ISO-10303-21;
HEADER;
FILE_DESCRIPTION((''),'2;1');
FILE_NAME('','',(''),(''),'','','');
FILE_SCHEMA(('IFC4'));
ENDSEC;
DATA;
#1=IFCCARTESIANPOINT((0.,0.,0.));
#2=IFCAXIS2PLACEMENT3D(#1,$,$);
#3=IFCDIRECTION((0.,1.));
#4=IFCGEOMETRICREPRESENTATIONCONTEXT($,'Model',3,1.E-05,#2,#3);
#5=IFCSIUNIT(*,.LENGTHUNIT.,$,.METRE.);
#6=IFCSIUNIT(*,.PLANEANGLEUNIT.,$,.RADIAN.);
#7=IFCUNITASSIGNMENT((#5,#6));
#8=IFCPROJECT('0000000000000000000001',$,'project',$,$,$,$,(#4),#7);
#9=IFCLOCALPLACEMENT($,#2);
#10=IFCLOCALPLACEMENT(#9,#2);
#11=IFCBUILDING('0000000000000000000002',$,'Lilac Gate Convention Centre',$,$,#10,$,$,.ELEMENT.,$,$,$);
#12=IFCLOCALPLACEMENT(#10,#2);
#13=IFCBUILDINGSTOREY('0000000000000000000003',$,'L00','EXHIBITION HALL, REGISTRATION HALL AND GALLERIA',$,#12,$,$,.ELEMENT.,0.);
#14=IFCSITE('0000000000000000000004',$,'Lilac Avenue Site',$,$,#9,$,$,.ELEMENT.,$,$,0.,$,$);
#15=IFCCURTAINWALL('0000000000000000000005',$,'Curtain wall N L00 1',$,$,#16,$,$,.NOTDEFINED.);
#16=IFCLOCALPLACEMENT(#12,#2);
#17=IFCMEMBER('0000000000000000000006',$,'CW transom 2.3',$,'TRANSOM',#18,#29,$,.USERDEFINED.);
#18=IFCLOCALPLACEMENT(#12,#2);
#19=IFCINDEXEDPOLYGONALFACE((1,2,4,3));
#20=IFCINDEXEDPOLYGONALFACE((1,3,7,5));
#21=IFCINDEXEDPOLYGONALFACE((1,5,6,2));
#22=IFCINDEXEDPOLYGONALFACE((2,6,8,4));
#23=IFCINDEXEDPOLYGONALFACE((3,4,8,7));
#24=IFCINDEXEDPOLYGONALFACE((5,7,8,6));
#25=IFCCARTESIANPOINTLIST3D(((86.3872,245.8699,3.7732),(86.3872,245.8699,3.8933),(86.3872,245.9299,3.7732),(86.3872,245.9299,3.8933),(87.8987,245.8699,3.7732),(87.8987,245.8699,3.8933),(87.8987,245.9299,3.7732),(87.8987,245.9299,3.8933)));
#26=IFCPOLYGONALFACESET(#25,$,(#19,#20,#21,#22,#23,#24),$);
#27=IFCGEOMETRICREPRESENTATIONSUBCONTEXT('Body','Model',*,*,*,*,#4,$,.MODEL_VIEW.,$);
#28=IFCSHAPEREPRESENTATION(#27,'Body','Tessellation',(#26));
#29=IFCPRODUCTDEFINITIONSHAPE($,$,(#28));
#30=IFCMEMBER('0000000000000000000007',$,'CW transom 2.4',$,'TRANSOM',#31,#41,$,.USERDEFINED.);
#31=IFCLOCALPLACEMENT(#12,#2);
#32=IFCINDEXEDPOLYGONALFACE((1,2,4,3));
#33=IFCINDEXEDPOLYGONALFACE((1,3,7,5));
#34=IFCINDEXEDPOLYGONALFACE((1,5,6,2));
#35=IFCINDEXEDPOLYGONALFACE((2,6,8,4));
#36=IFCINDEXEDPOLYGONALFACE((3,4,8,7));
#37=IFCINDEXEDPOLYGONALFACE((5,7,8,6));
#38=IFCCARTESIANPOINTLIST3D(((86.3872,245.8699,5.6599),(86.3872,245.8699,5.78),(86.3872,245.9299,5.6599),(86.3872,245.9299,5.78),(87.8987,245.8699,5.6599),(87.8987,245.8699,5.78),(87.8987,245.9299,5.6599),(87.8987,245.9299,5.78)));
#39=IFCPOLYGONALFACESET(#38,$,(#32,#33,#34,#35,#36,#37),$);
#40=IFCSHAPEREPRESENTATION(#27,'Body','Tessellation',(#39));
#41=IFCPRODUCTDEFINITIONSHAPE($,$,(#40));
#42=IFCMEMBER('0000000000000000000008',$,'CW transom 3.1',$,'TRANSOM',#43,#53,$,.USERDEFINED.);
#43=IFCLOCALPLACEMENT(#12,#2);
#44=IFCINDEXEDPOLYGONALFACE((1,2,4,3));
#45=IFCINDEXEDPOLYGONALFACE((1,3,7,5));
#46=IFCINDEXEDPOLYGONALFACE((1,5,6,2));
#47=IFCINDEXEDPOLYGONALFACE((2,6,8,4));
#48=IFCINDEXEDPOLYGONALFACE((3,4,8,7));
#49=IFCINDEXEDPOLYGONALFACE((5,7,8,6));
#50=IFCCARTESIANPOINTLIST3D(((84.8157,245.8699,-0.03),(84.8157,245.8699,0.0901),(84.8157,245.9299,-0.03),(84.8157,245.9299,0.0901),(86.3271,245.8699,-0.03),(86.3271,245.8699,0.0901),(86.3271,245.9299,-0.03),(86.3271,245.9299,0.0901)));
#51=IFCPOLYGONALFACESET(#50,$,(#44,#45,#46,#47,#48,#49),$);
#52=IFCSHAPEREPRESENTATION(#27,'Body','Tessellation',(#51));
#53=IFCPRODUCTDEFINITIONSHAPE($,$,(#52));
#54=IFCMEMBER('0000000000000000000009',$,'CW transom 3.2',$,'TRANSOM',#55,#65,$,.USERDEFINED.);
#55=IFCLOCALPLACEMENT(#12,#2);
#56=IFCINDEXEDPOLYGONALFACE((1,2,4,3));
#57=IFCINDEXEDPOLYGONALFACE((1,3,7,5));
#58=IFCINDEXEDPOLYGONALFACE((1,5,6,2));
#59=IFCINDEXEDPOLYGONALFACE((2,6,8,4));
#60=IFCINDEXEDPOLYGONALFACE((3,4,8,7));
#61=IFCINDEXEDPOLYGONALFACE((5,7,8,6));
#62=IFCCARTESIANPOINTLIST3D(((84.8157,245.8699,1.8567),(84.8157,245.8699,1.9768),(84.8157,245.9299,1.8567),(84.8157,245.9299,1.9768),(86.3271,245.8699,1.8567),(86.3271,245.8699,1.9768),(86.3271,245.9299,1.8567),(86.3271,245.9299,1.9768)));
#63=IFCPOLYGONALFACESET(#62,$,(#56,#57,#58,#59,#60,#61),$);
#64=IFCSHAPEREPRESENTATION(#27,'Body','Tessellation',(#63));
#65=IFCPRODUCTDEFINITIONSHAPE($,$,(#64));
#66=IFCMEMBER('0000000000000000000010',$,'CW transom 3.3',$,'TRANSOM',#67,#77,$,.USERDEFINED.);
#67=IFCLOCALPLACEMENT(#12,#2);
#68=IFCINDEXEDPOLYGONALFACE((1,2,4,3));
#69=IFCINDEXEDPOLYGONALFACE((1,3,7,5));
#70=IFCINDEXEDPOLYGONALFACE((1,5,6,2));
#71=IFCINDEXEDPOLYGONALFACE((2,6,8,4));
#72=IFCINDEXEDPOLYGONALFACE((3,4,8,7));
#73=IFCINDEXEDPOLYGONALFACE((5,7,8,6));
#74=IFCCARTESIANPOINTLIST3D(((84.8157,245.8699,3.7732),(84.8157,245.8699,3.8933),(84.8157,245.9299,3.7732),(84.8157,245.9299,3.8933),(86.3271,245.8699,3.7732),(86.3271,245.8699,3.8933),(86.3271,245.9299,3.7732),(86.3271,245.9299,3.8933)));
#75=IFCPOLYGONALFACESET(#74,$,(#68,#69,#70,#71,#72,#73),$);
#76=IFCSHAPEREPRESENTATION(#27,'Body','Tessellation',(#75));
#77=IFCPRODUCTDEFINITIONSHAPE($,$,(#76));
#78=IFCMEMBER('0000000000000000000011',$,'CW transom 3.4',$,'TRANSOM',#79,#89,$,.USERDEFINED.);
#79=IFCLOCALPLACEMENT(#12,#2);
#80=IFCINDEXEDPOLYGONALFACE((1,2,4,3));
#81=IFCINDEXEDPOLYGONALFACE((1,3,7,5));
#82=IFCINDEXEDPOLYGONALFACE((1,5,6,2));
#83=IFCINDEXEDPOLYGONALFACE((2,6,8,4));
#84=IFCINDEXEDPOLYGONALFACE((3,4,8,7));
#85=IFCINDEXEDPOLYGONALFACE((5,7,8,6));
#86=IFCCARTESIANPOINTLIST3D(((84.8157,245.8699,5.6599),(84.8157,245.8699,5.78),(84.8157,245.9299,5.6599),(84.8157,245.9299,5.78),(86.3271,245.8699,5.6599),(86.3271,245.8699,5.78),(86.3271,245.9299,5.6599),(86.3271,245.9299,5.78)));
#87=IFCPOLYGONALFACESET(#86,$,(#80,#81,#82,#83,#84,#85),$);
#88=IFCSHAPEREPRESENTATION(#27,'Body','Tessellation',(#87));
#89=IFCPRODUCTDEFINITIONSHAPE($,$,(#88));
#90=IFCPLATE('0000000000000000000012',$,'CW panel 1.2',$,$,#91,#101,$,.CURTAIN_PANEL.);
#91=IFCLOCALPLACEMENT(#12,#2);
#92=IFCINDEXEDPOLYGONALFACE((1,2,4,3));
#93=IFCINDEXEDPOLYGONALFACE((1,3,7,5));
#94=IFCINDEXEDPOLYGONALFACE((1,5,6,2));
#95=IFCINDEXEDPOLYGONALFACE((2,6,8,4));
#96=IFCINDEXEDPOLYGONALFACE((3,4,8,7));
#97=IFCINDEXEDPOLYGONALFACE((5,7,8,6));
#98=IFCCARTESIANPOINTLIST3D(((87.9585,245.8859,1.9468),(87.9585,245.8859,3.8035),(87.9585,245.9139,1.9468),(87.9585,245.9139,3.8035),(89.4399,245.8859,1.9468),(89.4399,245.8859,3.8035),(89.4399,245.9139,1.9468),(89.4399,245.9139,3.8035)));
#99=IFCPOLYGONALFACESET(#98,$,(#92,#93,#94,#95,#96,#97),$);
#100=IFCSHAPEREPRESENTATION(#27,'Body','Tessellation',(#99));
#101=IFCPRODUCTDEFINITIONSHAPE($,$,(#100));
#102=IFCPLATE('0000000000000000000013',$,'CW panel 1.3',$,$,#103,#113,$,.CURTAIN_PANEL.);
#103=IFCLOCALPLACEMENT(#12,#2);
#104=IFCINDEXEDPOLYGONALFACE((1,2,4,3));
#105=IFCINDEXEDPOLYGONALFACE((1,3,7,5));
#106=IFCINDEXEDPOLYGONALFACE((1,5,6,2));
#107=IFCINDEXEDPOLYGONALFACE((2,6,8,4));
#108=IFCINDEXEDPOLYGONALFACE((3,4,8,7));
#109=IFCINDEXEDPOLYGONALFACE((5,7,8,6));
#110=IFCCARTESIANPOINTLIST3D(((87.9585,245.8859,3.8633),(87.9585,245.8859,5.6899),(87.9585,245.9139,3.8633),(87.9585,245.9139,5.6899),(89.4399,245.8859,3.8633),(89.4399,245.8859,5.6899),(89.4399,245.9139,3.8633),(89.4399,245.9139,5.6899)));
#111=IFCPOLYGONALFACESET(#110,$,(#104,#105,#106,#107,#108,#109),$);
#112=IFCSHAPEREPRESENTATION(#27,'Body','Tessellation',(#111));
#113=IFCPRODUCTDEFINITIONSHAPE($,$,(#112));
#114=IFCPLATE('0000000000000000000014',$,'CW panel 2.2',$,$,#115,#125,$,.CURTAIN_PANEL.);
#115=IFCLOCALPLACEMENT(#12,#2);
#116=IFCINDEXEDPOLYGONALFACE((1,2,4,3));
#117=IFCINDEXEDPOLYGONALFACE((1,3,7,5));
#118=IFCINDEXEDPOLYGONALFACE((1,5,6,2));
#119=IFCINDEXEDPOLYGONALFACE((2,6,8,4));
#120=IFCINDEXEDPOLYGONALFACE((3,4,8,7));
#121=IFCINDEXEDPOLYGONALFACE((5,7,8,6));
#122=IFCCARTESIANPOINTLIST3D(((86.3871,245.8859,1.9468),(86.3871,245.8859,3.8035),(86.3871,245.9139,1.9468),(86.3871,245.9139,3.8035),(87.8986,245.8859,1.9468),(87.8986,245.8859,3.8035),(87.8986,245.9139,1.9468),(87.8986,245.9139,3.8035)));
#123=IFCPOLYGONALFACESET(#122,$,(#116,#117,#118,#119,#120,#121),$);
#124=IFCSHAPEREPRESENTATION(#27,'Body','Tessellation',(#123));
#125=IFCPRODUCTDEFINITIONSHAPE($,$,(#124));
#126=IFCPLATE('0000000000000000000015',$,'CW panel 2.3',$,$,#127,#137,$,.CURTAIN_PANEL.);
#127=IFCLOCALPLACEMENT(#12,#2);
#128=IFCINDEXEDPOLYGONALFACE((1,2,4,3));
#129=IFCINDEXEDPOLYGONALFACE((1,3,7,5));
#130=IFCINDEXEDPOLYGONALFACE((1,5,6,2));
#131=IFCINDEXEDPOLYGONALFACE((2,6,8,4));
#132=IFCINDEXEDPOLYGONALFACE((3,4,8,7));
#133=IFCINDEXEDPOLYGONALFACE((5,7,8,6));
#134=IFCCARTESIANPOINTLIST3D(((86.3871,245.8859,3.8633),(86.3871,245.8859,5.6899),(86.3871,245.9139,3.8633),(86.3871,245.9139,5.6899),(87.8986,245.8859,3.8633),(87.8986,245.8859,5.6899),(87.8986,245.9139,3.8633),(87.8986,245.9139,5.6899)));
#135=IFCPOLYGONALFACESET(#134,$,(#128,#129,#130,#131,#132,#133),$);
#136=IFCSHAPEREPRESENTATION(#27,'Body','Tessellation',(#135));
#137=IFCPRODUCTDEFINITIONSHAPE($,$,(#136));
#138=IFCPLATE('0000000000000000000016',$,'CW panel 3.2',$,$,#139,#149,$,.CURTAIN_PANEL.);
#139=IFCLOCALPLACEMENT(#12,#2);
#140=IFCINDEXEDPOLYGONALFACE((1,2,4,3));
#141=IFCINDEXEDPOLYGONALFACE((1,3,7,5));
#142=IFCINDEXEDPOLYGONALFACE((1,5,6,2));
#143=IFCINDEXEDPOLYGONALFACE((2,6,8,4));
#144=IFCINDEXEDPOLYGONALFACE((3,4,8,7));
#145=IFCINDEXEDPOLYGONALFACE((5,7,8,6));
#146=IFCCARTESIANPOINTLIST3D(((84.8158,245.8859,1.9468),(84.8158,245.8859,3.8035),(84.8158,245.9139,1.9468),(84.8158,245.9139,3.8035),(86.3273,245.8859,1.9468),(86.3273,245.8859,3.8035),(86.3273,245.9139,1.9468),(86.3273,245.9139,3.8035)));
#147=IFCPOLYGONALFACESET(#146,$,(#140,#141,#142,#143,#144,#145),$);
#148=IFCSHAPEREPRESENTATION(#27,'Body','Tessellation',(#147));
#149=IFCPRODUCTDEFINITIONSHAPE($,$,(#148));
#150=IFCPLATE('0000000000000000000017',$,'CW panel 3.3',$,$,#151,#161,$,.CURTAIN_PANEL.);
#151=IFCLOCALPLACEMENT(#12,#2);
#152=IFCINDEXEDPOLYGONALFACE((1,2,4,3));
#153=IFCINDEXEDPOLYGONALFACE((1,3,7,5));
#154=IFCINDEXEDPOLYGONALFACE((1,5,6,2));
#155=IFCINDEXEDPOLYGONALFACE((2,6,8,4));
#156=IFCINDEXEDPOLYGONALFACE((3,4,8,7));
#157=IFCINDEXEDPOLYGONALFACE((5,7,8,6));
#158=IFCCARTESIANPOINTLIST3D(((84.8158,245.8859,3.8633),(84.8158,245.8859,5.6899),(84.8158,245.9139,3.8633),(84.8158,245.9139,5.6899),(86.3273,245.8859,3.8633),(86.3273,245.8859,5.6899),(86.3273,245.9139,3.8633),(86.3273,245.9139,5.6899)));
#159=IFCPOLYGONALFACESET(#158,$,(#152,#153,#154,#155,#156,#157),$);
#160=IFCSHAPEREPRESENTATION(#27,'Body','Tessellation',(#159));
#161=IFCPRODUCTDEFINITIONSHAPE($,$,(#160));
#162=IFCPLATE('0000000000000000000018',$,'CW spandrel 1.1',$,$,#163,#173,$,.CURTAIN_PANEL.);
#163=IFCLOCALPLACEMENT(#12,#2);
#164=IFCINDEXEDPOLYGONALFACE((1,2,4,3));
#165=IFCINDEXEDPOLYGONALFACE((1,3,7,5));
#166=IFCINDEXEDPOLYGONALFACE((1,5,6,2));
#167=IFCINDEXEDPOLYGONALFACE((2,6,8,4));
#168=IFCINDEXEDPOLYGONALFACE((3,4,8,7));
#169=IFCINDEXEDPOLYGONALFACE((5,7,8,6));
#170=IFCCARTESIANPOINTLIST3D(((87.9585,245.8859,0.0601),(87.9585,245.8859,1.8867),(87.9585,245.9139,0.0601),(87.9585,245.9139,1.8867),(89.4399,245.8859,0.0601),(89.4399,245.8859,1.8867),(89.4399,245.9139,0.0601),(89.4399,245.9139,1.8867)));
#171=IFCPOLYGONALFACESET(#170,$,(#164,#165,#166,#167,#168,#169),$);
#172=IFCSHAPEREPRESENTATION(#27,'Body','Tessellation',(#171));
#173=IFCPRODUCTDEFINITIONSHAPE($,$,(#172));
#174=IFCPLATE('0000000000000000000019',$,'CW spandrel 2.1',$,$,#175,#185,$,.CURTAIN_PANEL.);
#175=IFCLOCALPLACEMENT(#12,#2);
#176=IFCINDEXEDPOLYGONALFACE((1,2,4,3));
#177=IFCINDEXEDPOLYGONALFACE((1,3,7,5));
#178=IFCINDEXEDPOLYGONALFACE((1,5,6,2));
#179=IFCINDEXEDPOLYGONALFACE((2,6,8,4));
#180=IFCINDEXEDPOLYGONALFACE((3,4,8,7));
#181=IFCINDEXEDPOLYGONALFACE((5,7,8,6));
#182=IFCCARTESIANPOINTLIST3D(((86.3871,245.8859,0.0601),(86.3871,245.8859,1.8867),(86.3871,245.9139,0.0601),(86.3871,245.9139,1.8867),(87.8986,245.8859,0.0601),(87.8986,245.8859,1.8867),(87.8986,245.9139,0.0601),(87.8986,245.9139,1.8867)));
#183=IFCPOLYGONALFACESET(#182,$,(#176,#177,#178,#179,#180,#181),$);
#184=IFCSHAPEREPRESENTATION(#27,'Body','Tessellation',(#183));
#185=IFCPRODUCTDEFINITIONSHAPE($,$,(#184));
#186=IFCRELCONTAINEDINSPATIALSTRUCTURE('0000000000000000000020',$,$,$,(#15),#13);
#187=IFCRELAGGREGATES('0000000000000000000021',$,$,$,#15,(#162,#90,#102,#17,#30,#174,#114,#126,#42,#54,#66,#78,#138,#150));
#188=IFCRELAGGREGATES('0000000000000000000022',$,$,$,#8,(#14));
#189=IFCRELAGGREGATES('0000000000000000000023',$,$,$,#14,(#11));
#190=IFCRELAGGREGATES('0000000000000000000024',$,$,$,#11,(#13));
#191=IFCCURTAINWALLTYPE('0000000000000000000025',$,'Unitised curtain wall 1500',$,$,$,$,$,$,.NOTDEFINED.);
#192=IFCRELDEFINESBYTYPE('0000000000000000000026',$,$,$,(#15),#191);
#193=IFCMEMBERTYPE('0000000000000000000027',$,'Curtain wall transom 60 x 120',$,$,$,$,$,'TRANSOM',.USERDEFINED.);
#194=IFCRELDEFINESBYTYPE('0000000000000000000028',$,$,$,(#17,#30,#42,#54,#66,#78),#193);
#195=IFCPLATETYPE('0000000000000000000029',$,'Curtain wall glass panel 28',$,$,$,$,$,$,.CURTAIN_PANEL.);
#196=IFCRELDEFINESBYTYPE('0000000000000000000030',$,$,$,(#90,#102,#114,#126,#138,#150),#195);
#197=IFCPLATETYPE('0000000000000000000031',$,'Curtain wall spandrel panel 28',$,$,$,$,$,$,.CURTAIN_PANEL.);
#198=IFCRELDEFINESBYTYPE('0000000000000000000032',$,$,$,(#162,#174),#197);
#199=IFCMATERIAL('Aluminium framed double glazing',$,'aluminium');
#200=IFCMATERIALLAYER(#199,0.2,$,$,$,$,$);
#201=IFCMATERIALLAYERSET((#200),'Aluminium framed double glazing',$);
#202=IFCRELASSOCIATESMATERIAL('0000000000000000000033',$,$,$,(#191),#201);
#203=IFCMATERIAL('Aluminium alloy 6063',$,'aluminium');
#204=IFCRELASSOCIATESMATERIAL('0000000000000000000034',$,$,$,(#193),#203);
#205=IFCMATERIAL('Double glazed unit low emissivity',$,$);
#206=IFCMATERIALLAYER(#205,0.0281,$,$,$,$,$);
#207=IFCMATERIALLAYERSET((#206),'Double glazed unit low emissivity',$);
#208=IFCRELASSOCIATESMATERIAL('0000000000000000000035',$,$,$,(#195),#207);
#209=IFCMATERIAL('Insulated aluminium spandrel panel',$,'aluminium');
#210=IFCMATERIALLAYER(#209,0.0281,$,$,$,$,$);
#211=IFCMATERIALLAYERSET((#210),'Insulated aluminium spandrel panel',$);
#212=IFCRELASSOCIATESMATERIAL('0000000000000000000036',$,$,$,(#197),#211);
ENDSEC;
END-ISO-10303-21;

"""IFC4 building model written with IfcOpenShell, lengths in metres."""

from ifc_helpers import new_model, si_unit, direction, frame, origin, origin_2d, place, context, subcontext, project, spatial, rectangle, extrude, material, layer, layer_set, material_profile, profile_set, type_object, element, aggregate, save


model = new_model("IFC4")

# Units and contexts
model_context = context("Model", 3, precision=1e-05, world=origin(), true_north=direction((0.0, 1.0)))
body_context = subcontext(model_context, "Body", "Model", "MODEL_VIEW")
ifc_project = project(units=[si_unit("LENGTHUNIT", "METRE"), si_unit("PLANEANGLEUNIT", "RADIAN")], contexts=[model_context])

# Site, building, storey
site_placement = place(None, origin())
site = spatial("IfcSite", under=ifc_project, at=site_placement, Name="Lilac Avenue Site", CompositionType="ELEMENT", RefElevation=0.0)
building_placement = place(site_placement, origin())
building = spatial("IfcBuilding", under=site, at=building_placement, Name="Lilac Gate Convention Centre", CompositionType="ELEMENT")
storey_placement = place(building_placement, origin())
storey = spatial("IfcBuildingStorey", under=building, at=storey_placement, Name="L00", Description="EXHIBITION HALL, REGISTRATION HALL AND GALLERIA", CompositionType="ELEMENT", Elevation=0.0)

# Curtain wall, members, plates
ifc_material_1 = material(Name="Aluminium framed double glazing", Category="aluminium")
ifc_layer_1 = layer(ifc_material_1, 0.2)
ifc_layer_set_1 = layer_set([ifc_layer_1], Name="Aluminium framed double glazing")
curtain_wall_type = type_object("IfcCurtainWallType", Name="Unitised curtain wall 1500", PredefinedType="NOTDEFINED", material=ifc_layer_set_1)
curtain_wall_placement = place(storey_placement, origin())
curtain_wall = element("IfcCurtainWall", 1, at=curtain_wall_placement, inside=storey, type_object=curtain_wall_type, Name="Curtain wall N L00 1", PredefinedType="NOTDEFINED")
ifc_material_2 = material(Name="Aluminium alloy 6063", Category="aluminium")
ifc_material_profile_1 = material_profile(ifc_material_2, rectangle(XDim=0.0601, YDim=0.1201, at=origin_2d()), Name="Curtain wall transom 60 x 120")
ifc_profile_set_1 = profile_set([ifc_material_profile_1], Name="Aluminium alloy 6063")
member_type_1 = type_object("IfcMemberType", Name="Curtain wall transom 60 x 120", ElementType="TRANSOM", PredefinedType="USERDEFINED", material=ifc_profile_set_1)
member_1_placement = place(storey_placement, frame((87.8987, 245.8999, 3.8333), z_axis=(-1.0, 0.0, 0.0), x_axis=(0.0, -1.0, 0.0)))
member_1 = element("IfcMember", 2, at=member_1_placement, type_object=member_type_1, Name="CW transom 2.3", ObjectType="TRANSOM", PredefinedType="USERDEFINED", context=body_context, shape_type="SweptSolid", body=[
    extrude(rectangle(XDim=0.0601, YDim=0.1201, at=origin_2d()), origin(), (0.0, 0.0, 1.0), 1.5115),
])
member_2_placement = place(storey_placement, frame((87.8987, 245.8999, 5.72), z_axis=(-1.0, 0.0, 0.0), x_axis=(0.0, -1.0, 0.0)))
member_2 = element("IfcMember", 3, at=member_2_placement, type_object=member_type_1, Name="CW transom 2.4", ObjectType="TRANSOM", PredefinedType="USERDEFINED", context=body_context, shape_type="SweptSolid", body=[
    extrude(rectangle(XDim=0.0601, YDim=0.1201, at=origin_2d()), origin(), (0.0, 0.0, 1.0), 1.5115),
])
member_3_placement = place(storey_placement, frame((86.3271, 245.8999, 0.03), z_axis=(-1.0, 0.0, 0.0), x_axis=(0.0, -1.0, 0.0)))
member_3 = element("IfcMember", 4, at=member_3_placement, type_object=member_type_1, Name="CW transom 3.1", ObjectType="TRANSOM", PredefinedType="USERDEFINED", context=body_context, shape_type="SweptSolid", body=[
    extrude(rectangle(XDim=0.0601, YDim=0.1201, at=origin_2d()), origin(), (0.0, 0.0, 1.0), 1.5115),
])
member_4_placement = place(storey_placement, frame((86.3271, 245.8999, 1.9167), z_axis=(-1.0, 0.0, 0.0), x_axis=(0.0, -1.0, 0.0)))
member_4 = element("IfcMember", 5, at=member_4_placement, type_object=member_type_1, Name="CW transom 3.2", ObjectType="TRANSOM", PredefinedType="USERDEFINED", context=body_context, shape_type="SweptSolid", body=[
    extrude(rectangle(XDim=0.0601, YDim=0.1201, at=origin_2d()), origin(), (0.0, 0.0, 1.0), 1.5115),
])
member_5_placement = place(storey_placement, frame((86.3271, 245.8999, 3.8333), z_axis=(-1.0, 0.0, 0.0), x_axis=(0.0, -1.0, 0.0)))
member_5 = element("IfcMember", 6, at=member_5_placement, type_object=member_type_1, Name="CW transom 3.3", ObjectType="TRANSOM", PredefinedType="USERDEFINED", context=body_context, shape_type="SweptSolid", body=[
    extrude(rectangle(XDim=0.0601, YDim=0.1201, at=origin_2d()), origin(), (0.0, 0.0, 1.0), 1.5115),
])
member_6_placement = place(storey_placement, frame((86.3271, 245.8999, 5.72), z_axis=(-1.0, 0.0, 0.0), x_axis=(0.0, -1.0, 0.0)))
member_6 = element("IfcMember", 7, at=member_6_placement, type_object=member_type_1, Name="CW transom 3.4", ObjectType="TRANSOM", PredefinedType="USERDEFINED", context=body_context, shape_type="SweptSolid", body=[
    extrude(rectangle(XDim=0.0601, YDim=0.1201, at=origin_2d()), origin(), (0.0, 0.0, 1.0), 1.5115),
])
ifc_material_3 = material(Name="Double glazed unit low emissivity")
ifc_layer_2 = layer(ifc_material_3, 0.0281)
ifc_layer_set_2 = layer_set([ifc_layer_2], Name="Double glazed unit low emissivity")
plate_type_1 = type_object("IfcPlateType", Name="Curtain wall glass panel 28", PredefinedType="CURTAIN_PANEL", material=ifc_layer_set_2)
plate_1_placement = place(storey_placement, frame((88.6992, 245.8999, 1.9468), z_axis=(0.0, 0.0, 1.0), x_axis=(-1.0, 0.0, 0.0)))
plate_1 = element("IfcPlate", 8, at=plate_1_placement, type_object=plate_type_1, Name="CW panel 1.2", PredefinedType="CURTAIN_PANEL", context=body_context, shape_type="SweptSolid", body=[
    extrude(rectangle(XDim=1.4814, YDim=0.0281, at=origin_2d()), origin(), (0.0, 0.0, 1.0), 1.8567),
])
plate_2_placement = place(storey_placement, frame((88.6992, 245.8999, 3.8633), z_axis=(0.0, 0.0, 1.0), x_axis=(-1.0, 0.0, 0.0)))
plate_2 = element("IfcPlate", 9, at=plate_2_placement, type_object=plate_type_1, Name="CW panel 1.3", PredefinedType="CURTAIN_PANEL", context=body_context, shape_type="SweptSolid", body=[
    extrude(rectangle(XDim=1.4814, YDim=0.0281, at=origin_2d()), origin(), (0.0, 0.0, 1.0), 1.8267),
])
plate_3_placement = place(storey_placement, frame((87.1428, 245.8999, 1.9468), z_axis=(0.0, 0.0, 1.0), x_axis=(-1.0, 0.0, 0.0)))
plate_3 = element("IfcPlate", 10, at=plate_3_placement, type_object=plate_type_1, Name="CW panel 2.2", PredefinedType="CURTAIN_PANEL", context=body_context, shape_type="SweptSolid", body=[
    extrude(rectangle(XDim=1.5115, YDim=0.0281, at=origin_2d()), origin(), (0.0, 0.0, 1.0), 1.8567),
])
plate_4_placement = place(storey_placement, frame((87.1428, 245.8999, 3.8633), z_axis=(0.0, 0.0, 1.0), x_axis=(-1.0, 0.0, 0.0)))
plate_4 = element("IfcPlate", 11, at=plate_4_placement, type_object=plate_type_1, Name="CW panel 2.3", PredefinedType="CURTAIN_PANEL", context=body_context, shape_type="SweptSolid", body=[
    extrude(rectangle(XDim=1.5115, YDim=0.0281, at=origin_2d()), origin(), (0.0, 0.0, 1.0), 1.8267),
])
plate_5_placement = place(storey_placement, frame((85.5715, 245.8999, 1.9468), z_axis=(0.0, 0.0, 1.0), x_axis=(-1.0, 0.0, 0.0)))
plate_5 = element("IfcPlate", 12, at=plate_5_placement, type_object=plate_type_1, Name="CW panel 3.2", PredefinedType="CURTAIN_PANEL", context=body_context, shape_type="SweptSolid", body=[
    extrude(rectangle(XDim=1.5115, YDim=0.0281, at=origin_2d()), origin(), (0.0, 0.0, 1.0), 1.8567),
])
plate_6_placement = place(storey_placement, frame((85.5715, 245.8999, 3.8633), z_axis=(0.0, 0.0, 1.0), x_axis=(-1.0, 0.0, 0.0)))
plate_6 = element("IfcPlate", 13, at=plate_6_placement, type_object=plate_type_1, Name="CW panel 3.3", PredefinedType="CURTAIN_PANEL", context=body_context, shape_type="SweptSolid", body=[
    extrude(rectangle(XDim=1.5115, YDim=0.0281, at=origin_2d()), origin(), (0.0, 0.0, 1.0), 1.8267),
])
ifc_material_4 = material(Name="Insulated aluminium spandrel panel", Category="aluminium")
ifc_layer_3 = layer(ifc_material_4, 0.0281)
ifc_layer_set_3 = layer_set([ifc_layer_3], Name="Insulated aluminium spandrel panel")
plate_type_2 = type_object("IfcPlateType", Name="Curtain wall spandrel panel 28", PredefinedType="CURTAIN_PANEL", material=ifc_layer_set_3)
plate_7_placement = place(storey_placement, frame((88.6992, 245.8999, 0.0601), z_axis=(0.0, 0.0, 1.0), x_axis=(-1.0, 0.0, 0.0)))
plate_7 = element("IfcPlate", 14, at=plate_7_placement, type_object=plate_type_2, Name="CW spandrel 1.1", PredefinedType="CURTAIN_PANEL", context=body_context, shape_type="SweptSolid", body=[
    extrude(rectangle(XDim=1.4814, YDim=0.0281, at=origin_2d()), origin(), (0.0, 0.0, 1.0), 1.8267),
])
plate_8_placement = place(storey_placement, frame((87.1428, 245.8999, 0.0601), z_axis=(0.0, 0.0, 1.0), x_axis=(-1.0, 0.0, 0.0)))
plate_8 = element("IfcPlate", 15, at=plate_8_placement, type_object=plate_type_2, Name="CW spandrel 2.1", PredefinedType="CURTAIN_PANEL", context=body_context, shape_type="SweptSolid", body=[
    extrude(rectangle(XDim=1.5115, YDim=0.0281, at=origin_2d()), origin(), (0.0, 0.0, 1.0), 1.8267),
])
aggregate(curtain_wall, [plate_7, plate_1, plate_2, member_1, member_2, plate_8, plate_3, plate_4, member_3, member_4, member_5, member_6, plate_5, plate_6])

save(model, "model.ifc")
